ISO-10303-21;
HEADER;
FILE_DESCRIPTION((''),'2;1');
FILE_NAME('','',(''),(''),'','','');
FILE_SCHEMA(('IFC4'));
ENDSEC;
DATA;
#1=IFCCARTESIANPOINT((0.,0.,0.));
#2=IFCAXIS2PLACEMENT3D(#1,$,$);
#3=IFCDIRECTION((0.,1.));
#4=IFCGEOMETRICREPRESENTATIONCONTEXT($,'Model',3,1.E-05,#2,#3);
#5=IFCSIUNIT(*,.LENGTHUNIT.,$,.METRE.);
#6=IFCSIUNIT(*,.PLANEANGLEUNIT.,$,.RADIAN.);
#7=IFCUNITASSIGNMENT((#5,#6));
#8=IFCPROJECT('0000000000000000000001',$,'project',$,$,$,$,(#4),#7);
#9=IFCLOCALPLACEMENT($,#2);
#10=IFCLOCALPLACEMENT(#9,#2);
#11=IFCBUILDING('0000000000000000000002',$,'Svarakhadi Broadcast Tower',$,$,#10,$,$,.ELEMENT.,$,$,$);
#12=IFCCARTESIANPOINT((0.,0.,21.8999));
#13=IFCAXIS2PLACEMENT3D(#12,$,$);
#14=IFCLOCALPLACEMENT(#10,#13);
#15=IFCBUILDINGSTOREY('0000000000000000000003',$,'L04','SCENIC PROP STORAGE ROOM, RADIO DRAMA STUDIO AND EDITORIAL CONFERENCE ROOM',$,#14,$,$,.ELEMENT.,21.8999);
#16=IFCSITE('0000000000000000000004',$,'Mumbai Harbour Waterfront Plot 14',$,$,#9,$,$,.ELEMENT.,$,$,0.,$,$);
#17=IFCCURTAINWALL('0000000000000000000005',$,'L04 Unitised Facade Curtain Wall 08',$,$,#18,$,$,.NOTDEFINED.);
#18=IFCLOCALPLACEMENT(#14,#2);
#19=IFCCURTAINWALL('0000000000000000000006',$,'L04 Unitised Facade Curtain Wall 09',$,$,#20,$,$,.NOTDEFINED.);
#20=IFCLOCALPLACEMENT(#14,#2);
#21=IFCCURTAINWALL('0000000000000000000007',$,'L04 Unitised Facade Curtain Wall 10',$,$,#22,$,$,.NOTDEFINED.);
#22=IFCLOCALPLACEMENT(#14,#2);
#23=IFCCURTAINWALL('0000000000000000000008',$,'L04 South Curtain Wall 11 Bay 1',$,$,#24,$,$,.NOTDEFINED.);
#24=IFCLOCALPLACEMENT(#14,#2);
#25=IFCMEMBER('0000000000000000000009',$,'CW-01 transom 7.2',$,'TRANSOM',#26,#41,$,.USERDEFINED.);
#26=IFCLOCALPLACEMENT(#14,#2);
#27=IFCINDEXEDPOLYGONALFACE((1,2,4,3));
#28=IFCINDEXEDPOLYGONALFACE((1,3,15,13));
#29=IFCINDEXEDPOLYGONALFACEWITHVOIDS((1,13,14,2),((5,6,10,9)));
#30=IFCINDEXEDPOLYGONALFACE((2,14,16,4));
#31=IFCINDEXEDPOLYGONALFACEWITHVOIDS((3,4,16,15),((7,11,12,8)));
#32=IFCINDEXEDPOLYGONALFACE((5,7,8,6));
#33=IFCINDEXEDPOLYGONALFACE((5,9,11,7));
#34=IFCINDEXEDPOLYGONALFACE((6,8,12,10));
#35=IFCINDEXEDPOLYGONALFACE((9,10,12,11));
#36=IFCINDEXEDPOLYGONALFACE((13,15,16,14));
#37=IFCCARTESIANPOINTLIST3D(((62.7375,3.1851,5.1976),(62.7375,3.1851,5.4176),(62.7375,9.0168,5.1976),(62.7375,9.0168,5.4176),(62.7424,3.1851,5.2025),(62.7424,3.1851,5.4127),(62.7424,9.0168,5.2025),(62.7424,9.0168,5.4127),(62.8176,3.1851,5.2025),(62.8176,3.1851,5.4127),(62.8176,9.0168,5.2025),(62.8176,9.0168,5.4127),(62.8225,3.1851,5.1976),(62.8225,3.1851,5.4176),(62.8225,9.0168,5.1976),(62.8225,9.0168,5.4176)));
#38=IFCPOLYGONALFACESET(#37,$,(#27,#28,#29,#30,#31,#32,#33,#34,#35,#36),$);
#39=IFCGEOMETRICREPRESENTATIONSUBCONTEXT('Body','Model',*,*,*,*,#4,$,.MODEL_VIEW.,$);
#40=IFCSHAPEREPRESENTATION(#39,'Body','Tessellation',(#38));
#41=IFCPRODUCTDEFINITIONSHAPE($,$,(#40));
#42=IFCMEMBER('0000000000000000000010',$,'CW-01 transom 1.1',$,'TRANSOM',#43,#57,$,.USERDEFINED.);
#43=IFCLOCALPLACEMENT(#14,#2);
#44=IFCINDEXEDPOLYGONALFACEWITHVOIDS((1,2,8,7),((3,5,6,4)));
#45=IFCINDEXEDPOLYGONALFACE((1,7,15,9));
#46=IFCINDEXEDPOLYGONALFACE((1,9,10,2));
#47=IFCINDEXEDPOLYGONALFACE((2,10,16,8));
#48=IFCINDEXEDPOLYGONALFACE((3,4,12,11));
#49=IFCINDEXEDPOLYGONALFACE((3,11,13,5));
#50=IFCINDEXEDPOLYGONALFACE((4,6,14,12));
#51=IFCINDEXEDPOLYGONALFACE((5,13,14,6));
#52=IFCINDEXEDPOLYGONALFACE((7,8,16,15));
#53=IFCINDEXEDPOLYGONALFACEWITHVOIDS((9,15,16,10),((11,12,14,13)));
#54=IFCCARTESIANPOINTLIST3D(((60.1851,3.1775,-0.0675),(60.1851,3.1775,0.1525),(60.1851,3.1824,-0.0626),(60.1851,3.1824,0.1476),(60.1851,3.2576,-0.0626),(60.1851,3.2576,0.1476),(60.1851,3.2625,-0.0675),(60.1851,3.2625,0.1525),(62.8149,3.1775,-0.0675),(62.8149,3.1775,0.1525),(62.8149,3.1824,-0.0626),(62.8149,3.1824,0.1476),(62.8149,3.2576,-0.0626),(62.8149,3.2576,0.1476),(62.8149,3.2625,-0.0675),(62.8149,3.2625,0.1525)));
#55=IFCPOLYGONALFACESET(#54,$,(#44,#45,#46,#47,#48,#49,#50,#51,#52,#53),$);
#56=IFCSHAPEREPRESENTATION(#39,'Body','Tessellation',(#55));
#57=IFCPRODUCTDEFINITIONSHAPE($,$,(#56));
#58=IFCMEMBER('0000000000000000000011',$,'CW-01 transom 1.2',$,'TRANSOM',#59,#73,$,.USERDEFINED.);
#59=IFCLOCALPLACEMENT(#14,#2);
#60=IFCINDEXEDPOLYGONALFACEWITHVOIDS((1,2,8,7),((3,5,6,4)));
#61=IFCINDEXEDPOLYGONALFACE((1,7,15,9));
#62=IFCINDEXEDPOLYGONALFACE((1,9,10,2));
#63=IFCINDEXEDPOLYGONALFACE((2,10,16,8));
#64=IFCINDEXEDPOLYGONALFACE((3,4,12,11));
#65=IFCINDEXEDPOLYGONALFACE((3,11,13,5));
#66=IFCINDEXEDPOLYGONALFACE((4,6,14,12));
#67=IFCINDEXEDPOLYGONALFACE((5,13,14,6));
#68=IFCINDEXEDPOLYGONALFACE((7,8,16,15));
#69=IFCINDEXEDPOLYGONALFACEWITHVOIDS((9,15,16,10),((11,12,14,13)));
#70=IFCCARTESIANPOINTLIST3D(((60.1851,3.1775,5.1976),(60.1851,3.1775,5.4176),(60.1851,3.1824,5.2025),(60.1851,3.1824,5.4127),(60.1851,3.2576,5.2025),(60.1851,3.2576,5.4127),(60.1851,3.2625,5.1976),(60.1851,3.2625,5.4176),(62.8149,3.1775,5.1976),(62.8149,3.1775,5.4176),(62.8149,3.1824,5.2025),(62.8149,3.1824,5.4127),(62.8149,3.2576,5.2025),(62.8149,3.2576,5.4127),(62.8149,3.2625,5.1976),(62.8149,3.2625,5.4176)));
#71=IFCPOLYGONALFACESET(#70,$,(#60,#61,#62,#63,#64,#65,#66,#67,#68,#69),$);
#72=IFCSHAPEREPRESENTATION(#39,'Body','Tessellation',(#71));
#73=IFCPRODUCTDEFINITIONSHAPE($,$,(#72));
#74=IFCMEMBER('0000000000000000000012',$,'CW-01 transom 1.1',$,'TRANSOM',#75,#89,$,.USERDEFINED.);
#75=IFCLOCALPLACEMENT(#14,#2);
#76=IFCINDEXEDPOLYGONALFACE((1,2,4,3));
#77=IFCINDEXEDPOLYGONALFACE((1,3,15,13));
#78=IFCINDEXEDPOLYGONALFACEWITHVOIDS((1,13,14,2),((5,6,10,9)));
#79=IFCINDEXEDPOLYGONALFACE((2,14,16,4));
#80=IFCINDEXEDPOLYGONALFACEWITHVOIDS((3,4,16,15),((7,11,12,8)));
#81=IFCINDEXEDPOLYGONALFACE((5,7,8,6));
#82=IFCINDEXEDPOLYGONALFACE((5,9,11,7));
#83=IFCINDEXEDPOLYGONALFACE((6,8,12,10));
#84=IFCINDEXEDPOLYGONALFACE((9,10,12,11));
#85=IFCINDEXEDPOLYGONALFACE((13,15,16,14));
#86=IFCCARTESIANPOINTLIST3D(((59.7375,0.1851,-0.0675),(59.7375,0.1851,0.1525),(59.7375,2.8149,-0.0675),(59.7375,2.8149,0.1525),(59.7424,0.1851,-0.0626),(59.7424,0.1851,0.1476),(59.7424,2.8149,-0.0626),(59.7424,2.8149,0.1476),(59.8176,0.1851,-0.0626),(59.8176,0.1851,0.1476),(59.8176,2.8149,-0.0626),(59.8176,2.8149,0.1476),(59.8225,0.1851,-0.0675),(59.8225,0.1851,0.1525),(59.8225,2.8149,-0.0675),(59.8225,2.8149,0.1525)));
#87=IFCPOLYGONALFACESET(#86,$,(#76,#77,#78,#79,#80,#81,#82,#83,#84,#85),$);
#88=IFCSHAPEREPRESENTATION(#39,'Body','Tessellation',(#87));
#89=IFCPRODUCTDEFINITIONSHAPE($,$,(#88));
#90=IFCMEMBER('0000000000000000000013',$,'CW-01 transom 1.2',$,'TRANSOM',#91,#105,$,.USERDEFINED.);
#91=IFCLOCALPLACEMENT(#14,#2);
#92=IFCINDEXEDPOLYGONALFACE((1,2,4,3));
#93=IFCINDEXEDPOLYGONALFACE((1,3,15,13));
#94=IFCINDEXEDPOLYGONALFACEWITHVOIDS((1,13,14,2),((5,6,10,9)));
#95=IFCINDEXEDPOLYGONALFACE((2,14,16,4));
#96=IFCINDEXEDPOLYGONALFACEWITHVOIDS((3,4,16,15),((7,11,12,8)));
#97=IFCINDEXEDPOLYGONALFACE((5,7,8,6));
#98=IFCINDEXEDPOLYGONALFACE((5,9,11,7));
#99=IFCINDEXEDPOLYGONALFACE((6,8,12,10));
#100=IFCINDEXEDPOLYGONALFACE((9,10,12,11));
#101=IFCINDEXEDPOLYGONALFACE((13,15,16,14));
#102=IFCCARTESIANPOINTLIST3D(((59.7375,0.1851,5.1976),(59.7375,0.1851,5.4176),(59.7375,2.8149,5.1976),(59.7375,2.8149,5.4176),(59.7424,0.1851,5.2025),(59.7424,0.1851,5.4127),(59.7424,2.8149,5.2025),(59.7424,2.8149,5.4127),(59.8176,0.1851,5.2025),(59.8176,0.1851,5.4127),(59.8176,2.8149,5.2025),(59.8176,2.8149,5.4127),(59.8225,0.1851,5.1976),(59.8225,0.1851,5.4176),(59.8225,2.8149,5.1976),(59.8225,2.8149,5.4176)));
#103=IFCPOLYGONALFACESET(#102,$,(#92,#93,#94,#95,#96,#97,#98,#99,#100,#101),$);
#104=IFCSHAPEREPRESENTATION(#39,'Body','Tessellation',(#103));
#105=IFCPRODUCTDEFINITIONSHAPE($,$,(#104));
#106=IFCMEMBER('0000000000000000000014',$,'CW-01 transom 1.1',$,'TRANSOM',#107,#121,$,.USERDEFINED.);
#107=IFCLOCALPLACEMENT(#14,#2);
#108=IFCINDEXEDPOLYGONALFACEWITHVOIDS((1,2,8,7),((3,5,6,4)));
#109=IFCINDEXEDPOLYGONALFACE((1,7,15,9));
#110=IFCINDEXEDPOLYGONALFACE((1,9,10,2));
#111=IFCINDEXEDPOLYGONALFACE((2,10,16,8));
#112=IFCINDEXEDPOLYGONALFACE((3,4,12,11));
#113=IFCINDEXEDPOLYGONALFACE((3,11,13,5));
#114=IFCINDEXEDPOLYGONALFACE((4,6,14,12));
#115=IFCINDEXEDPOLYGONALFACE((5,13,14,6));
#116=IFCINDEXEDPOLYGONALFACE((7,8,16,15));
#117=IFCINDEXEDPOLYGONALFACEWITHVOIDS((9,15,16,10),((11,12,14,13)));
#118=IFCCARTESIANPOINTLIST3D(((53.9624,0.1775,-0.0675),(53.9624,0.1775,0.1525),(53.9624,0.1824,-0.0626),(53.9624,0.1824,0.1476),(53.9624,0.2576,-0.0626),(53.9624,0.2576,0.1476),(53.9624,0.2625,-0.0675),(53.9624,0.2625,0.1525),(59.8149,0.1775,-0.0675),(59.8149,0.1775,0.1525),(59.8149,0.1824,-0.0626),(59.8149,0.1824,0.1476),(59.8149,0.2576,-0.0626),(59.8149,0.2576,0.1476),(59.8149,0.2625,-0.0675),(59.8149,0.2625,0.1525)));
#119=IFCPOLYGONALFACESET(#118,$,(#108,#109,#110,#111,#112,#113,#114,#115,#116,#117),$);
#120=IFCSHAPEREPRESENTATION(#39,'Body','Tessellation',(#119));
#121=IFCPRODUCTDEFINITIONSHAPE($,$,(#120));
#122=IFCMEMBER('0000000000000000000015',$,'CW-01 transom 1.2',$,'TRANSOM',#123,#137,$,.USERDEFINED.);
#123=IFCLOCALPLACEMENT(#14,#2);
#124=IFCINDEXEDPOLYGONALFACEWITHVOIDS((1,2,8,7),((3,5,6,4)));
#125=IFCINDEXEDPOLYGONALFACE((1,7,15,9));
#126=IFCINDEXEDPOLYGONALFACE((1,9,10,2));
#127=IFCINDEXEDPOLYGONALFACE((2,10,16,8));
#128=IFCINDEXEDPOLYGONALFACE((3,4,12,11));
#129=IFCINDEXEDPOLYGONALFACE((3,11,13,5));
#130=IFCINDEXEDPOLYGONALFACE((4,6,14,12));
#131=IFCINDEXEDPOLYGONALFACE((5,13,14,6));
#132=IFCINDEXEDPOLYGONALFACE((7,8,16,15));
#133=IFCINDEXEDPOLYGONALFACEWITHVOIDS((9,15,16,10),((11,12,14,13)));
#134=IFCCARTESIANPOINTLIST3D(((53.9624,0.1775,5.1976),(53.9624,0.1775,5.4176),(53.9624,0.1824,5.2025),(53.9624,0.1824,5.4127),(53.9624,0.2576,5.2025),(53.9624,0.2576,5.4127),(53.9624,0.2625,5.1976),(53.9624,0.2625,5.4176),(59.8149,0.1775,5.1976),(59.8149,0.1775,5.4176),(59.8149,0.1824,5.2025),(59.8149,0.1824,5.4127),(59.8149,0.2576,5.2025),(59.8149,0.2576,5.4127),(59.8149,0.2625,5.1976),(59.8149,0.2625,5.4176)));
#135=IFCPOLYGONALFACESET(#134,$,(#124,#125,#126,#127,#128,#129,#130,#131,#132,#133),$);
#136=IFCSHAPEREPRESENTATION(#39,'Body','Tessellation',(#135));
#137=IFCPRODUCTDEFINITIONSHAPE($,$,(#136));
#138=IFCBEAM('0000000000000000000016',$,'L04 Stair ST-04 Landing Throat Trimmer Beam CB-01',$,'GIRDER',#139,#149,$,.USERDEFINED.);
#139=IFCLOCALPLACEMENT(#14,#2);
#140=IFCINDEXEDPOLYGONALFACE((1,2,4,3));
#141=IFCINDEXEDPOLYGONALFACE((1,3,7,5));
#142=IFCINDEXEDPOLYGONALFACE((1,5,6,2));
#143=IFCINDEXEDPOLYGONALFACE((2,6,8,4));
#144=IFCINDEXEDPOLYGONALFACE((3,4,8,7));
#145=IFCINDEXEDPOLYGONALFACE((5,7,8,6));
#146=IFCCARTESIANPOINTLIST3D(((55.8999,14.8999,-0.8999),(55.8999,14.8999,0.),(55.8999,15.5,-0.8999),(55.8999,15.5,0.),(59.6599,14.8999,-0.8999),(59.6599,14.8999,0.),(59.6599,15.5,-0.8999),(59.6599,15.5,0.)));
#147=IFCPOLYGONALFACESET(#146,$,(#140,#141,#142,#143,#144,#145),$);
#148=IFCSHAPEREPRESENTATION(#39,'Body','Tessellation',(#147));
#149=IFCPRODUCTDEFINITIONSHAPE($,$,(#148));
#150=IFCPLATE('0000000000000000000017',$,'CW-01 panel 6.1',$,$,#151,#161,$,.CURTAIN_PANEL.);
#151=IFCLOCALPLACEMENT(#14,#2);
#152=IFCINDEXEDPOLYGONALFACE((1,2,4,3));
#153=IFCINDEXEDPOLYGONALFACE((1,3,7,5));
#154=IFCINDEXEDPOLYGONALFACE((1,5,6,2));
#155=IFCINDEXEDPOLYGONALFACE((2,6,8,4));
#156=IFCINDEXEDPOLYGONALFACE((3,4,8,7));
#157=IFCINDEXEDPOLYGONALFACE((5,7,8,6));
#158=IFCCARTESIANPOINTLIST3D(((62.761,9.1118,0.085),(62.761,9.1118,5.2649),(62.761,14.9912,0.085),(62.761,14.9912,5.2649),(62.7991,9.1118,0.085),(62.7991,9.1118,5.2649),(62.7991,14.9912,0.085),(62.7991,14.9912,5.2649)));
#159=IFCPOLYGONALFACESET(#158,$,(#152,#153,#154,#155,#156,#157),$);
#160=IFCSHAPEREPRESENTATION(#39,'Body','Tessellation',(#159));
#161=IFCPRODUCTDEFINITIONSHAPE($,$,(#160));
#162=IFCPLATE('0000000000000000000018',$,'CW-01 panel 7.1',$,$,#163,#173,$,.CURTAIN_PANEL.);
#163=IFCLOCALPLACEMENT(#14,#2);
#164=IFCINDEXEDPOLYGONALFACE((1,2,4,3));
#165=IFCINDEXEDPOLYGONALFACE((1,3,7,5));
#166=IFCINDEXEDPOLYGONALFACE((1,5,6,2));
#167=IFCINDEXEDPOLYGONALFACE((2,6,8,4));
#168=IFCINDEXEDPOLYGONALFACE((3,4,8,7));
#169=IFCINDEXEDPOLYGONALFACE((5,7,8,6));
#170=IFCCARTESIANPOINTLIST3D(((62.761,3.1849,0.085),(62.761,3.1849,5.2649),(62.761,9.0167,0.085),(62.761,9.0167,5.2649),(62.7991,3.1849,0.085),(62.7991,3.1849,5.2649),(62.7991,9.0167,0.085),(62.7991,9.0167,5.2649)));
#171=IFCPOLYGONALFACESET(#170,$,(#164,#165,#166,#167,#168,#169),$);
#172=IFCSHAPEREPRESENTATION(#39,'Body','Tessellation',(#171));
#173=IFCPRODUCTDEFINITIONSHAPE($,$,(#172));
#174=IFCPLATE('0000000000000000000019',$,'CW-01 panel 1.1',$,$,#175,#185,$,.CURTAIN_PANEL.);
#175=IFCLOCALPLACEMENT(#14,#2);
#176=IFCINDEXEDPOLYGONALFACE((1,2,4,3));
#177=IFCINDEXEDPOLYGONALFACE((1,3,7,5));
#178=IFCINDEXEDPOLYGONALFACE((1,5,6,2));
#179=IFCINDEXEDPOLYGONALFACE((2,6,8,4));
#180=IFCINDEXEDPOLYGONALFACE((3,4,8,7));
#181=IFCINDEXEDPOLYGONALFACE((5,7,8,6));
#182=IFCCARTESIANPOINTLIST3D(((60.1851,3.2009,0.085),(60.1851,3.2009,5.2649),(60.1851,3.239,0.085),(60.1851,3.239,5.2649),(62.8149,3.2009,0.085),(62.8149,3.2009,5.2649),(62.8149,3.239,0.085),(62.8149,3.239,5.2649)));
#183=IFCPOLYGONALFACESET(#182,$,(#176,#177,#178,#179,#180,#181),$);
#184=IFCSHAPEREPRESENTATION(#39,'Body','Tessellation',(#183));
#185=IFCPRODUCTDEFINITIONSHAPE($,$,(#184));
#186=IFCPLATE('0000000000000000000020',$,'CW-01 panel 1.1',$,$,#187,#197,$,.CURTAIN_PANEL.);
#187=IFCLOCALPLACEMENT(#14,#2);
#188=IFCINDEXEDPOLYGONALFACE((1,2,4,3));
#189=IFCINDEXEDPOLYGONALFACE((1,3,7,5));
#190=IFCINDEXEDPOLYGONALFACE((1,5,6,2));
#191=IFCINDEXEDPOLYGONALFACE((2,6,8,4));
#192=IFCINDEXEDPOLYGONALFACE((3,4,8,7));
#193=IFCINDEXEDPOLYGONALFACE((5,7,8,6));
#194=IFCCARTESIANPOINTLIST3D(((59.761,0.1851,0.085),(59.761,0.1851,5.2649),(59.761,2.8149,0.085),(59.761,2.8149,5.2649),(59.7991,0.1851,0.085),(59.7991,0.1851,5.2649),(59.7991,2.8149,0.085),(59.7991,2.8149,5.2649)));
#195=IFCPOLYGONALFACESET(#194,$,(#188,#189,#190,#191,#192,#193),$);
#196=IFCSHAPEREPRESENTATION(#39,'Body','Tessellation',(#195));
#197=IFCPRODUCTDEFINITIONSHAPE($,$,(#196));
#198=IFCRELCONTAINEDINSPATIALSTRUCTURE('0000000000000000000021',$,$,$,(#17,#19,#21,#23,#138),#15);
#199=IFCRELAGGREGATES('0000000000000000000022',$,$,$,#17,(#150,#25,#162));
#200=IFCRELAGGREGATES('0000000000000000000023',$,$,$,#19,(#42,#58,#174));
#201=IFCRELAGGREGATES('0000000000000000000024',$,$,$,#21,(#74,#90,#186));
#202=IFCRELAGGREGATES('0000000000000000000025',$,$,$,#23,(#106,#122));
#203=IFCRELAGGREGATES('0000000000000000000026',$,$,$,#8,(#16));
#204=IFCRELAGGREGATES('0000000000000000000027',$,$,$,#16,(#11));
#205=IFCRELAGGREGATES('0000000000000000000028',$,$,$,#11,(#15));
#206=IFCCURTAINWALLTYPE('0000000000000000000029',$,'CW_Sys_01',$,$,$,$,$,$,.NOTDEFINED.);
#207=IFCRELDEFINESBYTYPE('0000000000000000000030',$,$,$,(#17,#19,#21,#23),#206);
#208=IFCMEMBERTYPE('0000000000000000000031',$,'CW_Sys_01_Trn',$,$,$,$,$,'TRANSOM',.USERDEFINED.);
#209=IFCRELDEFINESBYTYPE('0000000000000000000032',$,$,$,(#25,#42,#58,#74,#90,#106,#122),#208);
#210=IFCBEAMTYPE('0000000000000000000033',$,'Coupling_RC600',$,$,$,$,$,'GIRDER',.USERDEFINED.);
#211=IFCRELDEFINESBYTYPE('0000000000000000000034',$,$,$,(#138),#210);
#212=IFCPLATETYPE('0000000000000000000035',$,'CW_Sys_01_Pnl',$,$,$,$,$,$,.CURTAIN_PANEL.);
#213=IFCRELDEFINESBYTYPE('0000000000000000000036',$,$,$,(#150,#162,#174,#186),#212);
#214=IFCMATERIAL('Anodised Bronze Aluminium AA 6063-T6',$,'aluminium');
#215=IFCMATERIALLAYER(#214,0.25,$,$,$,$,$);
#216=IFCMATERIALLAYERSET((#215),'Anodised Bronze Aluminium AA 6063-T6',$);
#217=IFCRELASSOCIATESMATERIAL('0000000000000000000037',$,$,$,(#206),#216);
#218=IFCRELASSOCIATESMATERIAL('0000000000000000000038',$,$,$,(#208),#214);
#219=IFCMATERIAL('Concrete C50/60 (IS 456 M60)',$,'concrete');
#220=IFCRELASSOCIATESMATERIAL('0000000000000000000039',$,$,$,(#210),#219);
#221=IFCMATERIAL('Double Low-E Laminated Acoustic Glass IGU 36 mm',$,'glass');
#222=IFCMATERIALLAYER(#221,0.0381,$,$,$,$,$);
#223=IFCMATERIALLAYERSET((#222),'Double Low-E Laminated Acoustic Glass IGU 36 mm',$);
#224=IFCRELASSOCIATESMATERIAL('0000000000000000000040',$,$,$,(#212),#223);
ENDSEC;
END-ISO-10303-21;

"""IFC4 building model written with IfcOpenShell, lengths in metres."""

from ifc_helpers import new_model, si_unit, direction, frame, origin, origin_2d, place, context, subcontext, project, spatial, rectangle, hollow_rectangle, extrude, material, layer, layer_set, material_profile, profile_set, type_object, element, aggregate, save


model = new_model("IFC4")

# Units and contexts
model_context = context("Model", 3, precision=1e-05, world=origin(), true_north=direction((0.0, 1.0)))
body_context = subcontext(model_context, "Body", "Model", "MODEL_VIEW")
ifc_project = project(units=[si_unit("LENGTHUNIT", "METRE"), si_unit("PLANEANGLEUNIT", "RADIAN")], contexts=[model_context])

# Site, building, storey
site_placement = place(None, origin())
site = spatial("IfcSite", under=ifc_project, at=site_placement, Name="Mumbai Harbour Waterfront Plot 14", CompositionType="ELEMENT", RefElevation=0.0)
building_placement = place(site_placement, origin())
building = spatial("IfcBuilding", under=site, at=building_placement, Name="Svarakhadi Broadcast Tower", CompositionType="ELEMENT")
storey_placement = place(building_placement, frame((0.0, 0.0, 21.8999)))
storey = spatial("IfcBuildingStorey", under=building, at=storey_placement, Name="L04", Description="SCENIC PROP STORAGE ROOM, RADIO DRAMA STUDIO AND EDITORIAL CONFERENCE ROOM", CompositionType="ELEMENT", Elevation=21.8999)

# Curtain walls
ifc_material_1 = material(Name="Anodised Bronze Aluminium AA 6063-T6", Category="aluminium")
ifc_layer_1 = layer(ifc_material_1, 0.25)
ifc_layer_set_1 = layer_set([ifc_layer_1], Name="Anodised Bronze Aluminium AA 6063-T6")
curtain_wall_type = type_object("IfcCurtainWallType", Name="CW_Sys_01", PredefinedType="NOTDEFINED", material=ifc_layer_set_1)
curtain_wall_1_placement = place(storey_placement, origin())
curtain_wall_1 = element("IfcCurtainWall", 1, at=curtain_wall_1_placement, inside=storey, type_object=curtain_wall_type, Name="L04 Unitised Facade Curtain Wall 08", PredefinedType="NOTDEFINED")
curtain_wall_2_placement = place(storey_placement, origin())
curtain_wall_2 = element("IfcCurtainWall", 2, at=curtain_wall_2_placement, inside=storey, type_object=curtain_wall_type, Name="L04 Unitised Facade Curtain Wall 09", PredefinedType="NOTDEFINED")
curtain_wall_3_placement = place(storey_placement, origin())
curtain_wall_3 = element("IfcCurtainWall", 3, at=curtain_wall_3_placement, inside=storey, type_object=curtain_wall_type, Name="L04 Unitised Facade Curtain Wall 10", PredefinedType="NOTDEFINED")

# Curtain wall
curtain_wall_4_placement = place(storey_placement, origin())
curtain_wall_4 = element("IfcCurtainWall", 4, at=curtain_wall_4_placement, inside=storey, type_object=curtain_wall_type, Name="L04 South Curtain Wall 11 Bay 1", PredefinedType="NOTDEFINED")

# Members
ifc_material_profile_1 = material_profile(ifc_material_1, hollow_rectangle(XDim=0.085, YDim=0.22, WallThickness=0.0049, at=origin_2d()), Name="ALU TRANSOM 220x85x5")
ifc_profile_set_1 = profile_set([ifc_material_profile_1], Name="Anodised Bronze Aluminium AA 6063-T6")
member_type_1 = type_object("IfcMemberType", Name="CW_Sys_01_Trn", ElementType="TRANSOM", PredefinedType="USERDEFINED", material=ifc_profile_set_1)
member_1_placement = place(storey_placement, frame((62.78, 9.0168, 5.3076), z_axis=(0.0, -1.0, 0.0), x_axis=(1.0, 0.0, 0.0)))
member_1 = element("IfcMember", 5, at=member_1_placement, type_object=member_type_1, Name="CW-01 transom 7.2", ObjectType="TRANSOM", PredefinedType="USERDEFINED", context=body_context, shape_type="SweptSolid", body=[
    extrude(hollow_rectangle(XDim=0.085, YDim=0.22, WallThickness=0.0049, at=origin_2d()), origin(), (0.0, 0.0, 1.0), 5.8318),
])
member_2_placement = place(storey_placement, frame((62.8149, 3.22, 0.0425), z_axis=(-1.0, 0.0, 0.0), x_axis=(0.0, -1.0, 0.0)))
member_2 = element("IfcMember", 6, at=member_2_placement, type_object=member_type_1, Name="CW-01 transom 1.1", ObjectType="TRANSOM", PredefinedType="USERDEFINED", context=body_context, shape_type="SweptSolid", body=[
    extrude(hollow_rectangle(XDim=0.085, YDim=0.22, WallThickness=0.0049, at=origin_2d()), origin(), (0.0, 0.0, 1.0), 2.6299),
])
member_3_placement = place(storey_placement, frame((62.8149, 3.22, 5.3076), z_axis=(-1.0, 0.0, 0.0), x_axis=(0.0, -1.0, 0.0)))
member_3 = element("IfcMember", 7, at=member_3_placement, type_object=member_type_1, Name="CW-01 transom 1.2", ObjectType="TRANSOM", PredefinedType="USERDEFINED", context=body_context, shape_type="SweptSolid", body=[
    extrude(hollow_rectangle(XDim=0.085, YDim=0.22, WallThickness=0.0049, at=origin_2d()), origin(), (0.0, 0.0, 1.0), 2.6299),
])
member_4_placement = place(storey_placement, frame((59.78, 2.8149, 0.0425), z_axis=(0.0, -1.0, 0.0), x_axis=(1.0, 0.0, 0.0)))
member_4 = element("IfcMember", 8, at=member_4_placement, type_object=member_type_1, Name="CW-01 transom 1.1", ObjectType="TRANSOM", PredefinedType="USERDEFINED", context=body_context, shape_type="SweptSolid", body=[
    extrude(hollow_rectangle(XDim=0.085, YDim=0.22, WallThickness=0.0049, at=origin_2d()), origin(), (0.0, 0.0, 1.0), 2.6299),
])
member_5_placement = place(storey_placement, frame((59.78, 2.8149, 5.3076), z_axis=(0.0, -1.0, 0.0), x_axis=(1.0, 0.0, 0.0)))
member_5 = element("IfcMember", 9, at=member_5_placement, type_object=member_type_1, Name="CW-01 transom 1.2", ObjectType="TRANSOM", PredefinedType="USERDEFINED", context=body_context, shape_type="SweptSolid", body=[
    extrude(hollow_rectangle(XDim=0.085, YDim=0.22, WallThickness=0.0049, at=origin_2d()), origin(), (0.0, 0.0, 1.0), 2.6299),
])
member_6_placement = place(storey_placement, frame((59.8149, 0.22, 0.0425), z_axis=(-1.0, 0.0, 0.0), x_axis=(0.0, -1.0, 0.0)))
member_6 = element("IfcMember", 10, at=member_6_placement, type_object=member_type_1, Name="CW-01 transom 1.1", ObjectType="TRANSOM", PredefinedType="USERDEFINED", context=body_context, shape_type="SweptSolid", body=[
    extrude(hollow_rectangle(XDim=0.085, YDim=0.22, WallThickness=0.0049, at=origin_2d()), origin(), (0.0, 0.0, 1.0), 5.8525),
])
member_7_placement = place(storey_placement, frame((59.8149, 0.22, 5.3076), z_axis=(-1.0, 0.0, 0.0), x_axis=(0.0, -1.0, 0.0)))
member_7 = element("IfcMember", 11, at=member_7_placement, type_object=member_type_1, Name="CW-01 transom 1.2", ObjectType="TRANSOM", PredefinedType="USERDEFINED", context=body_context, shape_type="SweptSolid", body=[
    extrude(hollow_rectangle(XDim=0.085, YDim=0.22, WallThickness=0.0049, at=origin_2d()), origin(), (0.0, 0.0, 1.0), 5.8525),
])

# Beam
ifc_material_2 = material(Name="Concrete C50/60 (IS 456 M60)", Category="concrete")
ifc_material_profile_2 = material_profile(ifc_material_2, rectangle(XDim=0.6001, YDim=0.8999, at=origin_2d()), Name="RC 600x900")
ifc_profile_set_2 = profile_set([ifc_material_profile_2], Name="Concrete C50/60 (IS 456 M60)")
beam_type = type_object("IfcBeamType", Name="Coupling_RC600", ElementType="GIRDER", PredefinedType="USERDEFINED", material=ifc_profile_set_2)
beam_placement = place(storey_placement, frame((55.8999, 15.2, -0.45), z_axis=(1.0, 0.0, 0.0), x_axis=(0.0, 1.0, 0.0)))
element("IfcBeam", 12, at=beam_placement, inside=storey, type_object=beam_type, Name="L04 Stair ST-04 Landing Throat Trimmer Beam CB-01", ObjectType="GIRDER", PredefinedType="USERDEFINED", context=body_context, shape_type="SweptSolid", body=[
    extrude(rectangle(XDim=0.6001, YDim=0.8999, at=origin_2d()), origin(), (0.0, 0.0, 1.0), 3.76),
])

# Plates
ifc_material_3 = material(Name="Double Low-E Laminated Acoustic Glass IGU 36 mm", Category="glass")
ifc_layer_2 = layer(ifc_material_3, 0.0381)
ifc_layer_set_2 = layer_set([ifc_layer_2], Name="Double Low-E Laminated Acoustic Glass IGU 36 mm")
plate_type = type_object("IfcPlateType", Name="CW_Sys_01_Pnl", PredefinedType="CURTAIN_PANEL", material=ifc_layer_set_2)
plate_1_placement = place(storey_placement, frame((62.78, 12.0515, 0.085), z_axis=(0.0, 0.0, 1.0), x_axis=(0.0, -1.0, 0.0)))
plate_1 = element("IfcPlate", 13, at=plate_1_placement, type_object=plate_type, Name="CW-01 panel 6.1", PredefinedType="CURTAIN_PANEL", context=body_context, shape_type="SweptSolid", body=[
    extrude(rectangle(XDim=5.8794, YDim=0.0381, at=origin_2d()), origin(), (0.0, 0.0, 1.0), 5.1799),
])
plate_2_placement = place(storey_placement, frame((62.78, 6.1008, 0.085), z_axis=(0.0, 0.0, 1.0), x_axis=(0.0, -1.0, 0.0)))
plate_2 = element("IfcPlate", 14, at=plate_2_placement, type_object=plate_type, Name="CW-01 panel 7.1", PredefinedType="CURTAIN_PANEL", context=body_context, shape_type="SweptSolid", body=[
    extrude(rectangle(XDim=5.8318, YDim=0.0381, at=origin_2d()), origin(), (0.0, 0.0, 1.0), 5.1799),
])
aggregate(curtain_wall_1, [plate_1, member_1, plate_2])
plate_3_placement = place(storey_placement, frame((61.5, 3.22, 0.085), z_axis=(0.0, 0.0, 1.0), x_axis=(-1.0, 0.0, 0.0)))
plate_3 = element("IfcPlate", 15, at=plate_3_placement, type_object=plate_type, Name="CW-01 panel 1.1", PredefinedType="CURTAIN_PANEL", context=body_context, shape_type="SweptSolid", body=[
    extrude(rectangle(XDim=2.6299, YDim=0.0381, at=origin_2d()), origin(), (0.0, 0.0, 1.0), 5.1799),
])
aggregate(curtain_wall_2, [member_2, member_3, plate_3])
plate_4_placement = place(storey_placement, frame((59.78, 1.5, 0.085), z_axis=(0.0, 0.0, 1.0), x_axis=(0.0, -1.0, 0.0)))
plate_4 = element("IfcPlate", 16, at=plate_4_placement, type_object=plate_type, Name="CW-01 panel 1.1", PredefinedType="CURTAIN_PANEL", context=body_context, shape_type="SweptSolid", body=[
    extrude(rectangle(XDim=2.6299, YDim=0.0381, at=origin_2d()), origin(), (0.0, 0.0, 1.0), 5.1799),
])
aggregate(curtain_wall_3, [member_4, member_5, plate_4])
aggregate(curtain_wall_4, [member_6, member_7])

save(model, "model.ifc")
